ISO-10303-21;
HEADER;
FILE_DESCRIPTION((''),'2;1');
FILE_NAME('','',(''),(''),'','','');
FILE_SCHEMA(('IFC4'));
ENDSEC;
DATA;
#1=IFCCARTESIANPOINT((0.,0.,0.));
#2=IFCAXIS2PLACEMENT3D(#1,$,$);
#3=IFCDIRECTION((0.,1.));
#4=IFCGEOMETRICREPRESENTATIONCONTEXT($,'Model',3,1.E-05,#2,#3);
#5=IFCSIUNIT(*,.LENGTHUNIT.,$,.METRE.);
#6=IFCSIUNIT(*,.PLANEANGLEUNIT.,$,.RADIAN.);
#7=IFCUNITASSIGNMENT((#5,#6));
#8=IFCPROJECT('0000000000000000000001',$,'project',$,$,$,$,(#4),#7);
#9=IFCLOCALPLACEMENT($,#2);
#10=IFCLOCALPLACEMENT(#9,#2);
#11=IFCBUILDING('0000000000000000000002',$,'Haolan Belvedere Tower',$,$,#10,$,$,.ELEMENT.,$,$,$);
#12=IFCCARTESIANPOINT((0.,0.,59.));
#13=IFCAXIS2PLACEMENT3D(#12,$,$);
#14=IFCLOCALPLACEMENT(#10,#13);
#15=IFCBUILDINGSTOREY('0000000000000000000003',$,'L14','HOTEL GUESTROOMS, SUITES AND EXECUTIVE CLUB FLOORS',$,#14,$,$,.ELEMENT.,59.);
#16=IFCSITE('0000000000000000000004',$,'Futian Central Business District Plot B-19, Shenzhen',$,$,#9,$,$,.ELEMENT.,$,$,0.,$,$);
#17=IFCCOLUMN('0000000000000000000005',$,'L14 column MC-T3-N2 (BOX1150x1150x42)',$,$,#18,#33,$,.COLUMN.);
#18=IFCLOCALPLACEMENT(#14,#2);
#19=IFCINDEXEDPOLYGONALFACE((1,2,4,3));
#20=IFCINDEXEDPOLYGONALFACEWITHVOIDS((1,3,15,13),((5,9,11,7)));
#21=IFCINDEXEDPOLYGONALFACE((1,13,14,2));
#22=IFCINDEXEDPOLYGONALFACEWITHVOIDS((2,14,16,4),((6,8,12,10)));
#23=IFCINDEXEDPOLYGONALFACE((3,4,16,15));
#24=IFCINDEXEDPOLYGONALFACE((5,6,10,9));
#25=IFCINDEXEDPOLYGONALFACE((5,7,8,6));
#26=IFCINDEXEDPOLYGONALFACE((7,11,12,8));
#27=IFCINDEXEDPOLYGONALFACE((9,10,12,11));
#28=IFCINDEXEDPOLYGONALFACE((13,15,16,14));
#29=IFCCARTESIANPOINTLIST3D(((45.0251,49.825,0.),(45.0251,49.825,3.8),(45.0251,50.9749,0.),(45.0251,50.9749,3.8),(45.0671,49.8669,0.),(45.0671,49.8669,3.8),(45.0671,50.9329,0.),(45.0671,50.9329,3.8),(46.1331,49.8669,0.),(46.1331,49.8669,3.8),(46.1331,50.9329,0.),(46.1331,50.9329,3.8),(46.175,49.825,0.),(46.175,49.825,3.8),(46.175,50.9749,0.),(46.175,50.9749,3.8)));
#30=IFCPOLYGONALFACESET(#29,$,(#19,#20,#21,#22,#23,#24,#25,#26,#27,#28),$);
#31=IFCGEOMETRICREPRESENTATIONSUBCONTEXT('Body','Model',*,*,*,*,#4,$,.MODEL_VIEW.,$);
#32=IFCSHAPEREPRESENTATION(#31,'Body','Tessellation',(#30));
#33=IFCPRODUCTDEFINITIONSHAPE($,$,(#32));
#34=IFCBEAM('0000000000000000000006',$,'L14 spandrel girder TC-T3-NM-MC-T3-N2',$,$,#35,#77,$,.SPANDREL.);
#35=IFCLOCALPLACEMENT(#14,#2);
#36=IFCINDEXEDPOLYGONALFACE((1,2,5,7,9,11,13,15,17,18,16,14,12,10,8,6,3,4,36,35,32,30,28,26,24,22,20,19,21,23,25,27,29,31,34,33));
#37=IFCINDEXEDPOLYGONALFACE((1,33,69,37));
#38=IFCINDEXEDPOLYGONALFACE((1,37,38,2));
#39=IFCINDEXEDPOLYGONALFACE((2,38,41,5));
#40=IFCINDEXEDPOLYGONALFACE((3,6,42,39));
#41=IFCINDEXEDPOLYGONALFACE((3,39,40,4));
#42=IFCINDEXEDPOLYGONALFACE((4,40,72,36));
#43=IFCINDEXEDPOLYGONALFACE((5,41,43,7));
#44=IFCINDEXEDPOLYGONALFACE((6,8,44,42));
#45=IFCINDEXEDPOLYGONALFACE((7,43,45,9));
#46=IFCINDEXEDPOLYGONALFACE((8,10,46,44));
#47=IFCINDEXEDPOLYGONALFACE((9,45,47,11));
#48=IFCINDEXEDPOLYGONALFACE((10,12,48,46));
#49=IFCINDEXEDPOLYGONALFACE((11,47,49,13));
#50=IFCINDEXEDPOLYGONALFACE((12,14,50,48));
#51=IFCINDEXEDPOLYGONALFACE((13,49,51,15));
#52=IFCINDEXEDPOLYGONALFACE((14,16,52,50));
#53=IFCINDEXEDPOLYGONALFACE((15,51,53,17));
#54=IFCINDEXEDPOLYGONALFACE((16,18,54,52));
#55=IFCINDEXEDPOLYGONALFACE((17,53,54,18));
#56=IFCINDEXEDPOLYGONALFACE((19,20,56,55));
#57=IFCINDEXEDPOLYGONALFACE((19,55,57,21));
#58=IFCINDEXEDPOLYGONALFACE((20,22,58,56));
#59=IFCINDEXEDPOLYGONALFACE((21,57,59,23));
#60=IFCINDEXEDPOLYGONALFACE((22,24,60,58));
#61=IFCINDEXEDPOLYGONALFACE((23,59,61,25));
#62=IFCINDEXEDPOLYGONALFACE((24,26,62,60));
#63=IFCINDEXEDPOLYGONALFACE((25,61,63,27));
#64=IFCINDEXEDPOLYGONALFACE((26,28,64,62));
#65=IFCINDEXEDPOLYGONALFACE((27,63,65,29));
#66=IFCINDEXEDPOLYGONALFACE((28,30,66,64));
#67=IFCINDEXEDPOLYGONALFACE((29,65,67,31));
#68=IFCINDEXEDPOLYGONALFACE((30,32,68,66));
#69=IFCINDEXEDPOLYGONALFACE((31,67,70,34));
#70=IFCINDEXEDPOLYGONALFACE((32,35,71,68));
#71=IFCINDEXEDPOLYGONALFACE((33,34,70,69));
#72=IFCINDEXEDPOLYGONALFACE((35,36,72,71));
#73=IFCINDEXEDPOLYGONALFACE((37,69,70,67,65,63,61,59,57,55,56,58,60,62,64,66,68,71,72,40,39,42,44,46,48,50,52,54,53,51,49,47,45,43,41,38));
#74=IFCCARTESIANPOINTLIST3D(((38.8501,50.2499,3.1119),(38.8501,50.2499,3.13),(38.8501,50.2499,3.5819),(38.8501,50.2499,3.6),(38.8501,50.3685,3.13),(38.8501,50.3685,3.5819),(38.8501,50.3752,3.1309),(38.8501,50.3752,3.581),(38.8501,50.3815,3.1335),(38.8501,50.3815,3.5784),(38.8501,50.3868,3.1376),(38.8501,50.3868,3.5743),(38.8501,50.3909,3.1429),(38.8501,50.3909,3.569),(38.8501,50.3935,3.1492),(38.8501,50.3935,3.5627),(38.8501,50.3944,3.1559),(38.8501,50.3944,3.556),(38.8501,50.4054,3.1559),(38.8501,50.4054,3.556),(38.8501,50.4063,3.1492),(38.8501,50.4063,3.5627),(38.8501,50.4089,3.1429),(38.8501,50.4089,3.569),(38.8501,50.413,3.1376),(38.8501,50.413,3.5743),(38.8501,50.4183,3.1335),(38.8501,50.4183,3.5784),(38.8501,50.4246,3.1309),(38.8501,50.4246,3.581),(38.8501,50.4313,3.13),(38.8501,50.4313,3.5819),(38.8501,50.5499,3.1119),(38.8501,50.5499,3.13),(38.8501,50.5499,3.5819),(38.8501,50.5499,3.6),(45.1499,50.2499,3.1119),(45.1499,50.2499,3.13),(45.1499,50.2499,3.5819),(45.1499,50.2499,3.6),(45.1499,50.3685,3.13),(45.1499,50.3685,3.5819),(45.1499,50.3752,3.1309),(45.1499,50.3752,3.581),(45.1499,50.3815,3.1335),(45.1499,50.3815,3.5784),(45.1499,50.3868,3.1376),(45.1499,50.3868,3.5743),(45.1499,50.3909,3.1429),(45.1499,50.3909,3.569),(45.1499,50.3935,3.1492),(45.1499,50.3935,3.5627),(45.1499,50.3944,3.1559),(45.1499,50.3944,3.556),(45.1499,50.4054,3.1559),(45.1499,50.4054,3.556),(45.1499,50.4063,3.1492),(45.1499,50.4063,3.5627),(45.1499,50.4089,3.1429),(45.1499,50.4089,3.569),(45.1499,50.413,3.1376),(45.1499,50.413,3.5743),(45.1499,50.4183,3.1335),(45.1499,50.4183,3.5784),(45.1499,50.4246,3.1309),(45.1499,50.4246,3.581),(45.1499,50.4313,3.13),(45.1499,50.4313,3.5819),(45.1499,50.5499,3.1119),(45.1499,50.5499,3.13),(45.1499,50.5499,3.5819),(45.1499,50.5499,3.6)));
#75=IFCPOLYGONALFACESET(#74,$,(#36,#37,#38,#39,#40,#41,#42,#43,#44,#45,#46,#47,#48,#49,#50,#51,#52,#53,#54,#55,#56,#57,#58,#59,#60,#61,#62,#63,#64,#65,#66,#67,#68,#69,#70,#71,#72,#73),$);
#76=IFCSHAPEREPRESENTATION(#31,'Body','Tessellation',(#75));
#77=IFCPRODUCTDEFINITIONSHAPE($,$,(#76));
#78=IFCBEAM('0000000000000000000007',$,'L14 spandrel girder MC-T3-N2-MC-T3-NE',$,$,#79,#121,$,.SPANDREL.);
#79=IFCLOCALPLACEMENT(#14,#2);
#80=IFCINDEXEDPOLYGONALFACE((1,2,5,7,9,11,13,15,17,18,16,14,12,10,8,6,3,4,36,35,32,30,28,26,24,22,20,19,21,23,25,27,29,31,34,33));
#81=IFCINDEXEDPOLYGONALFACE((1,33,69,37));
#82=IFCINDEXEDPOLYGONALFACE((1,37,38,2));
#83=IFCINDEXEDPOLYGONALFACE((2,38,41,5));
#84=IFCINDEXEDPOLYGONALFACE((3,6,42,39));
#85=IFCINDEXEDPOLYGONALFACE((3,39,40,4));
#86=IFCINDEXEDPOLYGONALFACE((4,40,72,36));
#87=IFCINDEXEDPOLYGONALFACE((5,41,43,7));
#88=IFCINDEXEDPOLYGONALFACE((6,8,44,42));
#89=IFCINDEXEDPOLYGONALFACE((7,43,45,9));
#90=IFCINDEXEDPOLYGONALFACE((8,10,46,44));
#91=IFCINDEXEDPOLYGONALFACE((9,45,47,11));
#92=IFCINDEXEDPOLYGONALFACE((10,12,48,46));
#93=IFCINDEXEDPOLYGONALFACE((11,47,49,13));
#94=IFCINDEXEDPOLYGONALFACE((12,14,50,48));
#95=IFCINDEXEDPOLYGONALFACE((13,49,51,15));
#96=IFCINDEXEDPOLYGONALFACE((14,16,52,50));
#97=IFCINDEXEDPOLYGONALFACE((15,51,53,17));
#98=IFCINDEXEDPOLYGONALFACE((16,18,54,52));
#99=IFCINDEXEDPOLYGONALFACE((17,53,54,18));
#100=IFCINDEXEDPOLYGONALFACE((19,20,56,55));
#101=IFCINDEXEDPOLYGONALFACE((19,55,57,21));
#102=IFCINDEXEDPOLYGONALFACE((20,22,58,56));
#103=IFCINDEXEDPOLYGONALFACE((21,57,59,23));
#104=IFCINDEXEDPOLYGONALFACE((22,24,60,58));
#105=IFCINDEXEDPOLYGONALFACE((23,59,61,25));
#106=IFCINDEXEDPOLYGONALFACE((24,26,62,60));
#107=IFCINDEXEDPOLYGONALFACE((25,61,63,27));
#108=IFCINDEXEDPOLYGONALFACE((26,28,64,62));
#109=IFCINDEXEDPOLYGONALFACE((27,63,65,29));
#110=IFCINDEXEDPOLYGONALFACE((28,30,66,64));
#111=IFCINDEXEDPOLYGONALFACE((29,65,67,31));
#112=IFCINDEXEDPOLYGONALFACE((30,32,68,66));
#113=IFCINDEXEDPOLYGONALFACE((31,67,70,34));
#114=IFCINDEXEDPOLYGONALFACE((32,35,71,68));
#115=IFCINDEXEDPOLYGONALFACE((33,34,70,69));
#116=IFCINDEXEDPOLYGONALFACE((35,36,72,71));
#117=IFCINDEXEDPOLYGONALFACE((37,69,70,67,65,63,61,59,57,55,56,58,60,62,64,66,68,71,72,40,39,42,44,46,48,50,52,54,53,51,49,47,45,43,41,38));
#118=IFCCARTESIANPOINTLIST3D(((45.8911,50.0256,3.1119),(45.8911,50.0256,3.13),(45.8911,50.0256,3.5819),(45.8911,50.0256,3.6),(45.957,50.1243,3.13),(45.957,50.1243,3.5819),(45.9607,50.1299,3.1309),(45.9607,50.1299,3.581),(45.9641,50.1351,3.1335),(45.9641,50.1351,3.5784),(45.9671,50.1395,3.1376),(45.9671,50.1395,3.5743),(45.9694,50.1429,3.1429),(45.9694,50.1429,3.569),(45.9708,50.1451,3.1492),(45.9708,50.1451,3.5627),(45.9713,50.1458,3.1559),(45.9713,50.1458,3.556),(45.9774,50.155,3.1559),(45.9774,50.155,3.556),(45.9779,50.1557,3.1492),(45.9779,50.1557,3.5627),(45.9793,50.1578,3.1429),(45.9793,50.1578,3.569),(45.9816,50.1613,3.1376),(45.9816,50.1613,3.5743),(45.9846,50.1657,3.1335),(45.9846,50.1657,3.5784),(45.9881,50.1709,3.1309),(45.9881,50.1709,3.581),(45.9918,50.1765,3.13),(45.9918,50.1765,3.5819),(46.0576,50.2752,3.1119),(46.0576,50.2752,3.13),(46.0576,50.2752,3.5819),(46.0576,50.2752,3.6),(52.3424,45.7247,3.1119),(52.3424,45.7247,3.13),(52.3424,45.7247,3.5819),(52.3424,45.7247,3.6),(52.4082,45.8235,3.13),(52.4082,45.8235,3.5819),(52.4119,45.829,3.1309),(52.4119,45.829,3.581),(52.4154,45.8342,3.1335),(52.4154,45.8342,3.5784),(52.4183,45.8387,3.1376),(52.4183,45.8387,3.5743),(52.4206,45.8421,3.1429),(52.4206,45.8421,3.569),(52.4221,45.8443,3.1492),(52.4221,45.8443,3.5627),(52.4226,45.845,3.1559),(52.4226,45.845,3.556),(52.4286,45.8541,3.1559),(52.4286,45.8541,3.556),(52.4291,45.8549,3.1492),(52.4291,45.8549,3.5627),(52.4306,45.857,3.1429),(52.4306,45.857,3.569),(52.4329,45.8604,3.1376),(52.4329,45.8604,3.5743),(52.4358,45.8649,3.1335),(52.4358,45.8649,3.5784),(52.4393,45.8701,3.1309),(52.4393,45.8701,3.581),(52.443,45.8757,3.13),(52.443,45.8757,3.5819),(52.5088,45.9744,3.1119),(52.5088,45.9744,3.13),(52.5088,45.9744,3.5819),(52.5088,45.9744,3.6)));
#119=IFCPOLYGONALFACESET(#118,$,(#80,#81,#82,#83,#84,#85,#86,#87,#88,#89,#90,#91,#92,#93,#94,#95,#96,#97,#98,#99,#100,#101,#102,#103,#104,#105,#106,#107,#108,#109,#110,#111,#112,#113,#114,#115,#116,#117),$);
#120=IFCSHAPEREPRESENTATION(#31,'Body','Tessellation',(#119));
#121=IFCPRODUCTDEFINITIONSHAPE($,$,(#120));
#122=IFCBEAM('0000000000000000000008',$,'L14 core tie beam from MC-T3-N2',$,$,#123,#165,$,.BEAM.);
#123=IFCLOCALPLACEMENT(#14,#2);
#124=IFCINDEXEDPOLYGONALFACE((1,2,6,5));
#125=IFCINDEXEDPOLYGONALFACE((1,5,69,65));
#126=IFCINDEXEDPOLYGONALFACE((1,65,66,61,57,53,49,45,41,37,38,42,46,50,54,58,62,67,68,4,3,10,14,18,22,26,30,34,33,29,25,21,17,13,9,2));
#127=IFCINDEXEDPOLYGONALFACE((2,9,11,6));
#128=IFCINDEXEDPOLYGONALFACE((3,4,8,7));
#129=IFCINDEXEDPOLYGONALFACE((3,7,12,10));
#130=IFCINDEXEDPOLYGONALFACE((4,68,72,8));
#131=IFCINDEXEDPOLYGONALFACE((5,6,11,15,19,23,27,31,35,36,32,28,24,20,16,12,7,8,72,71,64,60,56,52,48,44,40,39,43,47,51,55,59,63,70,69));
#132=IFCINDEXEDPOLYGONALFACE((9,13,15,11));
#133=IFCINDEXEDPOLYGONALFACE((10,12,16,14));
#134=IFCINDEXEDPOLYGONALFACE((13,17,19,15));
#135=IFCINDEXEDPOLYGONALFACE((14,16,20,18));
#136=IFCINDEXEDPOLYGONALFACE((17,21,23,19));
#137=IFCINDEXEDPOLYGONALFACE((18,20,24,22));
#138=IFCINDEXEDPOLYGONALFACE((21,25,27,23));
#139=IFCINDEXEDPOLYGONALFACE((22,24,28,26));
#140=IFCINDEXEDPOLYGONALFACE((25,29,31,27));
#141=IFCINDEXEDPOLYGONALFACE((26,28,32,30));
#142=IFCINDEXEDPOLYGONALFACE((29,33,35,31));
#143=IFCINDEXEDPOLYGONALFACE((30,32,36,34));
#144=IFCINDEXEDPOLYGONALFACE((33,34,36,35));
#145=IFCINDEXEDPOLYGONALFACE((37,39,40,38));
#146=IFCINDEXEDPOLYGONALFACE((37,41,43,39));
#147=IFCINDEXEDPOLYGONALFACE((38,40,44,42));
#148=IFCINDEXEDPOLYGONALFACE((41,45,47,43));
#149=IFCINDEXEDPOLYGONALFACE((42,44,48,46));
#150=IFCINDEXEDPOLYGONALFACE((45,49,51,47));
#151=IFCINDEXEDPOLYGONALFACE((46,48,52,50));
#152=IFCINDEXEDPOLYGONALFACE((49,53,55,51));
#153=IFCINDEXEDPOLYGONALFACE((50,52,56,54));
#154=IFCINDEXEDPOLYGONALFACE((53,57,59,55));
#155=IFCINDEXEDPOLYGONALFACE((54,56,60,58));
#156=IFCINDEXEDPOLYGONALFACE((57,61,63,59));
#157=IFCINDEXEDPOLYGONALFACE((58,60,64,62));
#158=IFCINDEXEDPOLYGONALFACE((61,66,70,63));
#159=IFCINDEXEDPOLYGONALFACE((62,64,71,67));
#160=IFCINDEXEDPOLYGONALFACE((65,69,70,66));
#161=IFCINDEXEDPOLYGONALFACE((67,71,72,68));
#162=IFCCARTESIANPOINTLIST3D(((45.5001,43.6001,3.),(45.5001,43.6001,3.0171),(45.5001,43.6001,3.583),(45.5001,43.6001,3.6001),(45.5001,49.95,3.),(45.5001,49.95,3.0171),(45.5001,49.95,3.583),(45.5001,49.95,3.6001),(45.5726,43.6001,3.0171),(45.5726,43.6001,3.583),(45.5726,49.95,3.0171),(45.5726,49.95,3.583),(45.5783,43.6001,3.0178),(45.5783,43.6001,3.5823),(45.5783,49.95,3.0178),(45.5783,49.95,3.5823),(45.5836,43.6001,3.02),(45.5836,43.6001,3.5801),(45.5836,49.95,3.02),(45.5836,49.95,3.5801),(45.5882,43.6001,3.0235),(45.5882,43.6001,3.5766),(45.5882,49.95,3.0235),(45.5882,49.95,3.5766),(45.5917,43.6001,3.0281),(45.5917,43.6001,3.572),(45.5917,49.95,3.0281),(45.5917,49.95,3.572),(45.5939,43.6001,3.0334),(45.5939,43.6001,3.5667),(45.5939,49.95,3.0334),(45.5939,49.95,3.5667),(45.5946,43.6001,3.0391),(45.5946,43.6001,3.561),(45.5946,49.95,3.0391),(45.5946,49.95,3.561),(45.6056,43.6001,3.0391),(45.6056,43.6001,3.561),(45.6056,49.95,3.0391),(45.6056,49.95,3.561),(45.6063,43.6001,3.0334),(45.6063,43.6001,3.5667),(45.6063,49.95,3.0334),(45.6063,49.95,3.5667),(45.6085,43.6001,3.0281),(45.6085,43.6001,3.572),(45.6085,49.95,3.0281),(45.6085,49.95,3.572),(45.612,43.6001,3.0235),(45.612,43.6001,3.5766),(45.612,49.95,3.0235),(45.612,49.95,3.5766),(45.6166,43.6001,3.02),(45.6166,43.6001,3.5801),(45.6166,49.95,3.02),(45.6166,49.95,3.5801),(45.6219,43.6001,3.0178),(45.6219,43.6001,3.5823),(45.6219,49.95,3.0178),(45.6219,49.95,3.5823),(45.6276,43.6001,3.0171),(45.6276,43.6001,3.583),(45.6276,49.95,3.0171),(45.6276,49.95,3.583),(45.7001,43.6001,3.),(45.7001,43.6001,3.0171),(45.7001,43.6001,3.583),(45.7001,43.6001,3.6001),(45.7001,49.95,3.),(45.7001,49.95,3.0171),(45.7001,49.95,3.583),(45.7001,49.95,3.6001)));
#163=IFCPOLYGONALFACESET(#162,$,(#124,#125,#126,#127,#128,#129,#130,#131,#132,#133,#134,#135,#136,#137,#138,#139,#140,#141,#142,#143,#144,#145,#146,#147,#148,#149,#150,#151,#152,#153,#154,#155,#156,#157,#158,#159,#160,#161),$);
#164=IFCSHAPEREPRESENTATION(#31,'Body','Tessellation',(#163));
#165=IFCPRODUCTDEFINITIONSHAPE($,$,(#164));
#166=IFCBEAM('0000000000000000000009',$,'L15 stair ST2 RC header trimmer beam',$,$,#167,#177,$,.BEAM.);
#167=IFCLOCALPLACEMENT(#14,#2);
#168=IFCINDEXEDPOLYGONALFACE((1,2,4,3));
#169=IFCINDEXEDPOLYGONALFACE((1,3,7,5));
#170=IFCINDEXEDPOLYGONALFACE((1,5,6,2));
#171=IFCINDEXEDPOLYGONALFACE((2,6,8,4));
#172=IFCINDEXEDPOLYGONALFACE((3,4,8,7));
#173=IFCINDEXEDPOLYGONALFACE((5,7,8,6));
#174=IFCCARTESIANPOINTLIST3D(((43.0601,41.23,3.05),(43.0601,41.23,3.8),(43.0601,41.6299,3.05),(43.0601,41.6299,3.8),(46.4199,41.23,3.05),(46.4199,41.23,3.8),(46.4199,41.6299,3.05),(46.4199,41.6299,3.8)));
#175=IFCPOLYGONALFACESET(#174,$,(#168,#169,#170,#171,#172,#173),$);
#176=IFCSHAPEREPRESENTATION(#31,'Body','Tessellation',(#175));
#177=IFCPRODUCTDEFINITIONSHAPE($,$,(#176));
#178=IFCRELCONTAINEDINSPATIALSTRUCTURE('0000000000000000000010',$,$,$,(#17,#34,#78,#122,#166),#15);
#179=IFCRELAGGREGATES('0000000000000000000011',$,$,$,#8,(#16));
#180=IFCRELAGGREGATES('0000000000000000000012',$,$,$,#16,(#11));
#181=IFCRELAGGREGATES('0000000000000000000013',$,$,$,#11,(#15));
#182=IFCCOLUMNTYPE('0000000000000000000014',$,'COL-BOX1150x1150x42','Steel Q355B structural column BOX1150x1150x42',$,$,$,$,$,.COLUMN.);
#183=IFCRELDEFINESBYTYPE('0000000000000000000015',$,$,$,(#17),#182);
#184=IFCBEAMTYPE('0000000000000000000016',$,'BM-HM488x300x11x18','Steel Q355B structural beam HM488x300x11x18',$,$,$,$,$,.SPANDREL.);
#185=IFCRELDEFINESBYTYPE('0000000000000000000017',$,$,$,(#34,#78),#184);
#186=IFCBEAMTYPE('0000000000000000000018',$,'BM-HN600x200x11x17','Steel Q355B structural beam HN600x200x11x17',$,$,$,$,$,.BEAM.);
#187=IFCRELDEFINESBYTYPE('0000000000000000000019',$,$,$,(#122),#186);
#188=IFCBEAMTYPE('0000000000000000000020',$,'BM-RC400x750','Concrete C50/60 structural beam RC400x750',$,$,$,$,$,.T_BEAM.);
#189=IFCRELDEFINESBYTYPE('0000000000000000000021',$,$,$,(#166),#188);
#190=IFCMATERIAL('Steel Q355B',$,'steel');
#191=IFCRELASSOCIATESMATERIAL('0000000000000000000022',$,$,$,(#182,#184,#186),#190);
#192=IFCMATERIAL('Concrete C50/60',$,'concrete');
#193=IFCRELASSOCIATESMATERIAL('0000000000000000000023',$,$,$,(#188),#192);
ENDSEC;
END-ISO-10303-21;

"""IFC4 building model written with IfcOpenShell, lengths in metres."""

from ifc_helpers import new_model, si_unit, direction, frame, origin, origin_2d, place, context, subcontext, project, spatial, rectangle, hollow_rectangle, i_section, extrude, material, material_profile, profile_set, type_object, element, save


model = new_model("IFC4")

# Units and contexts
model_context = context("Model", 3, precision=1e-05, world=origin(), true_north=direction((0.0, 1.0)))
body_context = subcontext(model_context, "Body", "Model", "MODEL_VIEW")
ifc_project = project(units=[si_unit("LENGTHUNIT", "METRE"), si_unit("PLANEANGLEUNIT", "RADIAN")], contexts=[model_context])

# Site, building, storey
site_placement = place(None, origin())
site = spatial("IfcSite", under=ifc_project, at=site_placement, Name="Futian Central Business District Plot B-19, Shenzhen", CompositionType="ELEMENT", RefElevation=0.0)
building_placement = place(site_placement, origin())
building = spatial("IfcBuilding", under=site, at=building_placement, Name="Haolan Belvedere Tower", CompositionType="ELEMENT")
storey_placement = place(building_placement, frame((0.0, 0.0, 59.0)))
storey = spatial("IfcBuildingStorey", under=building, at=storey_placement, Name="L14", Description="HOTEL GUESTROOMS, SUITES AND EXECUTIVE CLUB FLOORS", CompositionType="ELEMENT", Elevation=59.0)

# Column
ifc_material_1 = material(Name="Steel Q355B", Category="steel")
ifc_material_profile_1 = material_profile(ifc_material_1, hollow_rectangle(XDim=1.1499, YDim=1.1499, WallThickness=0.042, at=origin_2d()), Name="Steel Q355B")
ifc_profile_set_1 = profile_set([ifc_material_profile_1], Name="Steel Q355B")
column_type = type_object("IfcColumnType", Name="COL-BOX1150x1150x42", Description="Steel Q355B structural column BOX1150x1150x42", PredefinedType="COLUMN", material=ifc_profile_set_1)
column_placement = place(storey_placement, frame((45.6001, 50.3999, 0.0), z_axis=(0.0, 0.0, 1.0), x_axis=(1.0, 0.0, 0.0)))
element("IfcColumn", 1, at=column_placement, inside=storey, type_object=column_type, Name="L14 column MC-T3-N2 (BOX1150x1150x42)", PredefinedType="COLUMN", context=body_context, shape_type="SweptSolid", body=[
    extrude(hollow_rectangle(XDim=1.1499, YDim=1.1499, WallThickness=0.042, at=origin_2d()), origin(), (0.0, 0.0, 1.0), 3.8),
])

# Beams
ifc_material_profile_2 = material_profile(ifc_material_1, i_section(OverallWidth=0.3, OverallDepth=0.488, WebThickness=0.011, FlangeThickness=0.0181, FilletRadius=0.0259, at=origin_2d()), Name="Steel Q355B")
ifc_profile_set_2 = profile_set([ifc_material_profile_2], Name="Steel Q355B")
beam_type_1 = type_object("IfcBeamType", Name="BM-HM488x300x11x18", Description="Steel Q355B structural beam HM488x300x11x18", PredefinedType="SPANDREL", material=ifc_profile_set_2)
beam_1_placement = place(storey_placement, frame((38.8501, 50.3999, 3.356), z_axis=(1.0, 0.0, 0.0), x_axis=(0.0, 1.0, 0.0)))
element("IfcBeam", 2, at=beam_1_placement, inside=storey, type_object=beam_type_1, Name="L14 spandrel girder TC-T3-NM-MC-T3-N2", PredefinedType="SPANDREL", context=body_context, shape_type="SweptSolid", body=[
    extrude(i_section(OverallWidth=0.3, OverallDepth=0.488, WebThickness=0.011, FlangeThickness=0.0181, FilletRadius=0.0259, at=origin_2d()), origin(), (0.0, 0.0, 1.0), 6.2998),
])
beam_2_placement = place(storey_placement, frame((45.9744, 50.1504, 3.356), z_axis=(0.83205, -0.5547, 0.0), x_axis=(0.5547, 0.83205, 0.0)))
element("IfcBeam", 3, at=beam_2_placement, inside=storey, type_object=beam_type_1, Name="L14 spandrel girder MC-T3-N2-MC-T3-NE", PredefinedType="SPANDREL", context=body_context, shape_type="SweptSolid", body=[
    extrude(i_section(OverallWidth=0.3, OverallDepth=0.488, WebThickness=0.011, FlangeThickness=0.0181, FilletRadius=0.0259, at=origin_2d()), origin(), (0.0, 0.0, 1.0), 7.7534),
])
ifc_material_profile_3 = material_profile(ifc_material_1, i_section(OverallWidth=0.2, OverallDepth=0.6001, WebThickness=0.011, FlangeThickness=0.0171, FilletRadius=0.022, at=origin_2d()), Name="Steel Q355B")
ifc_profile_set_3 = profile_set([ifc_material_profile_3], Name="Steel Q355B")
beam_type_2 = type_object("IfcBeamType", Name="BM-HN600x200x11x17", Description="Steel Q355B structural beam HN600x200x11x17", PredefinedType="BEAM", material=ifc_profile_set_3)
beam_3_placement = place(storey_placement, frame((45.6001, 49.95, 3.3), z_axis=(0.0, -1.0, 0.0), x_axis=(1.0, 0.0, 0.0)))
element("IfcBeam", 4, at=beam_3_placement, inside=storey, type_object=beam_type_2, Name="L14 core tie beam from MC-T3-N2", PredefinedType="BEAM", context=body_context, shape_type="SweptSolid", body=[
    extrude(i_section(OverallWidth=0.2, OverallDepth=0.6001, WebThickness=0.011, FlangeThickness=0.0171, FilletRadius=0.022, at=origin_2d()), origin(), (0.0, 0.0, 1.0), 6.3499),
])
ifc_material_2 = material(Name="Concrete C50/60", Category="concrete")
ifc_material_profile_4 = material_profile(ifc_material_2, rectangle(XDim=0.3999, YDim=0.75, at=origin_2d()), Name="Concrete C50/60")
ifc_profile_set_4 = profile_set([ifc_material_profile_4], Name="Concrete C50/60")
beam_type_3 = type_object("IfcBeamType", Name="BM-RC400x750", Description="Concrete C50/60 structural beam RC400x750", PredefinedType="T_BEAM", material=ifc_profile_set_4)
beam_4_placement = place(storey_placement, frame((43.0601, 41.4299, 3.425), z_axis=(1.0, 0.0, 0.0), x_axis=(0.0, 1.0, 0.0)))
element("IfcBeam", 5, at=beam_4_placement, inside=storey, type_object=beam_type_3, Name="L15 stair ST2 RC header trimmer beam", PredefinedType="BEAM", context=body_context, shape_type="SweptSolid", body=[
    extrude(rectangle(XDim=0.3999, YDim=0.75, at=origin_2d()), origin(), (0.0, 0.0, 1.0), 3.3599),
])

save(model, "model.ifc")
